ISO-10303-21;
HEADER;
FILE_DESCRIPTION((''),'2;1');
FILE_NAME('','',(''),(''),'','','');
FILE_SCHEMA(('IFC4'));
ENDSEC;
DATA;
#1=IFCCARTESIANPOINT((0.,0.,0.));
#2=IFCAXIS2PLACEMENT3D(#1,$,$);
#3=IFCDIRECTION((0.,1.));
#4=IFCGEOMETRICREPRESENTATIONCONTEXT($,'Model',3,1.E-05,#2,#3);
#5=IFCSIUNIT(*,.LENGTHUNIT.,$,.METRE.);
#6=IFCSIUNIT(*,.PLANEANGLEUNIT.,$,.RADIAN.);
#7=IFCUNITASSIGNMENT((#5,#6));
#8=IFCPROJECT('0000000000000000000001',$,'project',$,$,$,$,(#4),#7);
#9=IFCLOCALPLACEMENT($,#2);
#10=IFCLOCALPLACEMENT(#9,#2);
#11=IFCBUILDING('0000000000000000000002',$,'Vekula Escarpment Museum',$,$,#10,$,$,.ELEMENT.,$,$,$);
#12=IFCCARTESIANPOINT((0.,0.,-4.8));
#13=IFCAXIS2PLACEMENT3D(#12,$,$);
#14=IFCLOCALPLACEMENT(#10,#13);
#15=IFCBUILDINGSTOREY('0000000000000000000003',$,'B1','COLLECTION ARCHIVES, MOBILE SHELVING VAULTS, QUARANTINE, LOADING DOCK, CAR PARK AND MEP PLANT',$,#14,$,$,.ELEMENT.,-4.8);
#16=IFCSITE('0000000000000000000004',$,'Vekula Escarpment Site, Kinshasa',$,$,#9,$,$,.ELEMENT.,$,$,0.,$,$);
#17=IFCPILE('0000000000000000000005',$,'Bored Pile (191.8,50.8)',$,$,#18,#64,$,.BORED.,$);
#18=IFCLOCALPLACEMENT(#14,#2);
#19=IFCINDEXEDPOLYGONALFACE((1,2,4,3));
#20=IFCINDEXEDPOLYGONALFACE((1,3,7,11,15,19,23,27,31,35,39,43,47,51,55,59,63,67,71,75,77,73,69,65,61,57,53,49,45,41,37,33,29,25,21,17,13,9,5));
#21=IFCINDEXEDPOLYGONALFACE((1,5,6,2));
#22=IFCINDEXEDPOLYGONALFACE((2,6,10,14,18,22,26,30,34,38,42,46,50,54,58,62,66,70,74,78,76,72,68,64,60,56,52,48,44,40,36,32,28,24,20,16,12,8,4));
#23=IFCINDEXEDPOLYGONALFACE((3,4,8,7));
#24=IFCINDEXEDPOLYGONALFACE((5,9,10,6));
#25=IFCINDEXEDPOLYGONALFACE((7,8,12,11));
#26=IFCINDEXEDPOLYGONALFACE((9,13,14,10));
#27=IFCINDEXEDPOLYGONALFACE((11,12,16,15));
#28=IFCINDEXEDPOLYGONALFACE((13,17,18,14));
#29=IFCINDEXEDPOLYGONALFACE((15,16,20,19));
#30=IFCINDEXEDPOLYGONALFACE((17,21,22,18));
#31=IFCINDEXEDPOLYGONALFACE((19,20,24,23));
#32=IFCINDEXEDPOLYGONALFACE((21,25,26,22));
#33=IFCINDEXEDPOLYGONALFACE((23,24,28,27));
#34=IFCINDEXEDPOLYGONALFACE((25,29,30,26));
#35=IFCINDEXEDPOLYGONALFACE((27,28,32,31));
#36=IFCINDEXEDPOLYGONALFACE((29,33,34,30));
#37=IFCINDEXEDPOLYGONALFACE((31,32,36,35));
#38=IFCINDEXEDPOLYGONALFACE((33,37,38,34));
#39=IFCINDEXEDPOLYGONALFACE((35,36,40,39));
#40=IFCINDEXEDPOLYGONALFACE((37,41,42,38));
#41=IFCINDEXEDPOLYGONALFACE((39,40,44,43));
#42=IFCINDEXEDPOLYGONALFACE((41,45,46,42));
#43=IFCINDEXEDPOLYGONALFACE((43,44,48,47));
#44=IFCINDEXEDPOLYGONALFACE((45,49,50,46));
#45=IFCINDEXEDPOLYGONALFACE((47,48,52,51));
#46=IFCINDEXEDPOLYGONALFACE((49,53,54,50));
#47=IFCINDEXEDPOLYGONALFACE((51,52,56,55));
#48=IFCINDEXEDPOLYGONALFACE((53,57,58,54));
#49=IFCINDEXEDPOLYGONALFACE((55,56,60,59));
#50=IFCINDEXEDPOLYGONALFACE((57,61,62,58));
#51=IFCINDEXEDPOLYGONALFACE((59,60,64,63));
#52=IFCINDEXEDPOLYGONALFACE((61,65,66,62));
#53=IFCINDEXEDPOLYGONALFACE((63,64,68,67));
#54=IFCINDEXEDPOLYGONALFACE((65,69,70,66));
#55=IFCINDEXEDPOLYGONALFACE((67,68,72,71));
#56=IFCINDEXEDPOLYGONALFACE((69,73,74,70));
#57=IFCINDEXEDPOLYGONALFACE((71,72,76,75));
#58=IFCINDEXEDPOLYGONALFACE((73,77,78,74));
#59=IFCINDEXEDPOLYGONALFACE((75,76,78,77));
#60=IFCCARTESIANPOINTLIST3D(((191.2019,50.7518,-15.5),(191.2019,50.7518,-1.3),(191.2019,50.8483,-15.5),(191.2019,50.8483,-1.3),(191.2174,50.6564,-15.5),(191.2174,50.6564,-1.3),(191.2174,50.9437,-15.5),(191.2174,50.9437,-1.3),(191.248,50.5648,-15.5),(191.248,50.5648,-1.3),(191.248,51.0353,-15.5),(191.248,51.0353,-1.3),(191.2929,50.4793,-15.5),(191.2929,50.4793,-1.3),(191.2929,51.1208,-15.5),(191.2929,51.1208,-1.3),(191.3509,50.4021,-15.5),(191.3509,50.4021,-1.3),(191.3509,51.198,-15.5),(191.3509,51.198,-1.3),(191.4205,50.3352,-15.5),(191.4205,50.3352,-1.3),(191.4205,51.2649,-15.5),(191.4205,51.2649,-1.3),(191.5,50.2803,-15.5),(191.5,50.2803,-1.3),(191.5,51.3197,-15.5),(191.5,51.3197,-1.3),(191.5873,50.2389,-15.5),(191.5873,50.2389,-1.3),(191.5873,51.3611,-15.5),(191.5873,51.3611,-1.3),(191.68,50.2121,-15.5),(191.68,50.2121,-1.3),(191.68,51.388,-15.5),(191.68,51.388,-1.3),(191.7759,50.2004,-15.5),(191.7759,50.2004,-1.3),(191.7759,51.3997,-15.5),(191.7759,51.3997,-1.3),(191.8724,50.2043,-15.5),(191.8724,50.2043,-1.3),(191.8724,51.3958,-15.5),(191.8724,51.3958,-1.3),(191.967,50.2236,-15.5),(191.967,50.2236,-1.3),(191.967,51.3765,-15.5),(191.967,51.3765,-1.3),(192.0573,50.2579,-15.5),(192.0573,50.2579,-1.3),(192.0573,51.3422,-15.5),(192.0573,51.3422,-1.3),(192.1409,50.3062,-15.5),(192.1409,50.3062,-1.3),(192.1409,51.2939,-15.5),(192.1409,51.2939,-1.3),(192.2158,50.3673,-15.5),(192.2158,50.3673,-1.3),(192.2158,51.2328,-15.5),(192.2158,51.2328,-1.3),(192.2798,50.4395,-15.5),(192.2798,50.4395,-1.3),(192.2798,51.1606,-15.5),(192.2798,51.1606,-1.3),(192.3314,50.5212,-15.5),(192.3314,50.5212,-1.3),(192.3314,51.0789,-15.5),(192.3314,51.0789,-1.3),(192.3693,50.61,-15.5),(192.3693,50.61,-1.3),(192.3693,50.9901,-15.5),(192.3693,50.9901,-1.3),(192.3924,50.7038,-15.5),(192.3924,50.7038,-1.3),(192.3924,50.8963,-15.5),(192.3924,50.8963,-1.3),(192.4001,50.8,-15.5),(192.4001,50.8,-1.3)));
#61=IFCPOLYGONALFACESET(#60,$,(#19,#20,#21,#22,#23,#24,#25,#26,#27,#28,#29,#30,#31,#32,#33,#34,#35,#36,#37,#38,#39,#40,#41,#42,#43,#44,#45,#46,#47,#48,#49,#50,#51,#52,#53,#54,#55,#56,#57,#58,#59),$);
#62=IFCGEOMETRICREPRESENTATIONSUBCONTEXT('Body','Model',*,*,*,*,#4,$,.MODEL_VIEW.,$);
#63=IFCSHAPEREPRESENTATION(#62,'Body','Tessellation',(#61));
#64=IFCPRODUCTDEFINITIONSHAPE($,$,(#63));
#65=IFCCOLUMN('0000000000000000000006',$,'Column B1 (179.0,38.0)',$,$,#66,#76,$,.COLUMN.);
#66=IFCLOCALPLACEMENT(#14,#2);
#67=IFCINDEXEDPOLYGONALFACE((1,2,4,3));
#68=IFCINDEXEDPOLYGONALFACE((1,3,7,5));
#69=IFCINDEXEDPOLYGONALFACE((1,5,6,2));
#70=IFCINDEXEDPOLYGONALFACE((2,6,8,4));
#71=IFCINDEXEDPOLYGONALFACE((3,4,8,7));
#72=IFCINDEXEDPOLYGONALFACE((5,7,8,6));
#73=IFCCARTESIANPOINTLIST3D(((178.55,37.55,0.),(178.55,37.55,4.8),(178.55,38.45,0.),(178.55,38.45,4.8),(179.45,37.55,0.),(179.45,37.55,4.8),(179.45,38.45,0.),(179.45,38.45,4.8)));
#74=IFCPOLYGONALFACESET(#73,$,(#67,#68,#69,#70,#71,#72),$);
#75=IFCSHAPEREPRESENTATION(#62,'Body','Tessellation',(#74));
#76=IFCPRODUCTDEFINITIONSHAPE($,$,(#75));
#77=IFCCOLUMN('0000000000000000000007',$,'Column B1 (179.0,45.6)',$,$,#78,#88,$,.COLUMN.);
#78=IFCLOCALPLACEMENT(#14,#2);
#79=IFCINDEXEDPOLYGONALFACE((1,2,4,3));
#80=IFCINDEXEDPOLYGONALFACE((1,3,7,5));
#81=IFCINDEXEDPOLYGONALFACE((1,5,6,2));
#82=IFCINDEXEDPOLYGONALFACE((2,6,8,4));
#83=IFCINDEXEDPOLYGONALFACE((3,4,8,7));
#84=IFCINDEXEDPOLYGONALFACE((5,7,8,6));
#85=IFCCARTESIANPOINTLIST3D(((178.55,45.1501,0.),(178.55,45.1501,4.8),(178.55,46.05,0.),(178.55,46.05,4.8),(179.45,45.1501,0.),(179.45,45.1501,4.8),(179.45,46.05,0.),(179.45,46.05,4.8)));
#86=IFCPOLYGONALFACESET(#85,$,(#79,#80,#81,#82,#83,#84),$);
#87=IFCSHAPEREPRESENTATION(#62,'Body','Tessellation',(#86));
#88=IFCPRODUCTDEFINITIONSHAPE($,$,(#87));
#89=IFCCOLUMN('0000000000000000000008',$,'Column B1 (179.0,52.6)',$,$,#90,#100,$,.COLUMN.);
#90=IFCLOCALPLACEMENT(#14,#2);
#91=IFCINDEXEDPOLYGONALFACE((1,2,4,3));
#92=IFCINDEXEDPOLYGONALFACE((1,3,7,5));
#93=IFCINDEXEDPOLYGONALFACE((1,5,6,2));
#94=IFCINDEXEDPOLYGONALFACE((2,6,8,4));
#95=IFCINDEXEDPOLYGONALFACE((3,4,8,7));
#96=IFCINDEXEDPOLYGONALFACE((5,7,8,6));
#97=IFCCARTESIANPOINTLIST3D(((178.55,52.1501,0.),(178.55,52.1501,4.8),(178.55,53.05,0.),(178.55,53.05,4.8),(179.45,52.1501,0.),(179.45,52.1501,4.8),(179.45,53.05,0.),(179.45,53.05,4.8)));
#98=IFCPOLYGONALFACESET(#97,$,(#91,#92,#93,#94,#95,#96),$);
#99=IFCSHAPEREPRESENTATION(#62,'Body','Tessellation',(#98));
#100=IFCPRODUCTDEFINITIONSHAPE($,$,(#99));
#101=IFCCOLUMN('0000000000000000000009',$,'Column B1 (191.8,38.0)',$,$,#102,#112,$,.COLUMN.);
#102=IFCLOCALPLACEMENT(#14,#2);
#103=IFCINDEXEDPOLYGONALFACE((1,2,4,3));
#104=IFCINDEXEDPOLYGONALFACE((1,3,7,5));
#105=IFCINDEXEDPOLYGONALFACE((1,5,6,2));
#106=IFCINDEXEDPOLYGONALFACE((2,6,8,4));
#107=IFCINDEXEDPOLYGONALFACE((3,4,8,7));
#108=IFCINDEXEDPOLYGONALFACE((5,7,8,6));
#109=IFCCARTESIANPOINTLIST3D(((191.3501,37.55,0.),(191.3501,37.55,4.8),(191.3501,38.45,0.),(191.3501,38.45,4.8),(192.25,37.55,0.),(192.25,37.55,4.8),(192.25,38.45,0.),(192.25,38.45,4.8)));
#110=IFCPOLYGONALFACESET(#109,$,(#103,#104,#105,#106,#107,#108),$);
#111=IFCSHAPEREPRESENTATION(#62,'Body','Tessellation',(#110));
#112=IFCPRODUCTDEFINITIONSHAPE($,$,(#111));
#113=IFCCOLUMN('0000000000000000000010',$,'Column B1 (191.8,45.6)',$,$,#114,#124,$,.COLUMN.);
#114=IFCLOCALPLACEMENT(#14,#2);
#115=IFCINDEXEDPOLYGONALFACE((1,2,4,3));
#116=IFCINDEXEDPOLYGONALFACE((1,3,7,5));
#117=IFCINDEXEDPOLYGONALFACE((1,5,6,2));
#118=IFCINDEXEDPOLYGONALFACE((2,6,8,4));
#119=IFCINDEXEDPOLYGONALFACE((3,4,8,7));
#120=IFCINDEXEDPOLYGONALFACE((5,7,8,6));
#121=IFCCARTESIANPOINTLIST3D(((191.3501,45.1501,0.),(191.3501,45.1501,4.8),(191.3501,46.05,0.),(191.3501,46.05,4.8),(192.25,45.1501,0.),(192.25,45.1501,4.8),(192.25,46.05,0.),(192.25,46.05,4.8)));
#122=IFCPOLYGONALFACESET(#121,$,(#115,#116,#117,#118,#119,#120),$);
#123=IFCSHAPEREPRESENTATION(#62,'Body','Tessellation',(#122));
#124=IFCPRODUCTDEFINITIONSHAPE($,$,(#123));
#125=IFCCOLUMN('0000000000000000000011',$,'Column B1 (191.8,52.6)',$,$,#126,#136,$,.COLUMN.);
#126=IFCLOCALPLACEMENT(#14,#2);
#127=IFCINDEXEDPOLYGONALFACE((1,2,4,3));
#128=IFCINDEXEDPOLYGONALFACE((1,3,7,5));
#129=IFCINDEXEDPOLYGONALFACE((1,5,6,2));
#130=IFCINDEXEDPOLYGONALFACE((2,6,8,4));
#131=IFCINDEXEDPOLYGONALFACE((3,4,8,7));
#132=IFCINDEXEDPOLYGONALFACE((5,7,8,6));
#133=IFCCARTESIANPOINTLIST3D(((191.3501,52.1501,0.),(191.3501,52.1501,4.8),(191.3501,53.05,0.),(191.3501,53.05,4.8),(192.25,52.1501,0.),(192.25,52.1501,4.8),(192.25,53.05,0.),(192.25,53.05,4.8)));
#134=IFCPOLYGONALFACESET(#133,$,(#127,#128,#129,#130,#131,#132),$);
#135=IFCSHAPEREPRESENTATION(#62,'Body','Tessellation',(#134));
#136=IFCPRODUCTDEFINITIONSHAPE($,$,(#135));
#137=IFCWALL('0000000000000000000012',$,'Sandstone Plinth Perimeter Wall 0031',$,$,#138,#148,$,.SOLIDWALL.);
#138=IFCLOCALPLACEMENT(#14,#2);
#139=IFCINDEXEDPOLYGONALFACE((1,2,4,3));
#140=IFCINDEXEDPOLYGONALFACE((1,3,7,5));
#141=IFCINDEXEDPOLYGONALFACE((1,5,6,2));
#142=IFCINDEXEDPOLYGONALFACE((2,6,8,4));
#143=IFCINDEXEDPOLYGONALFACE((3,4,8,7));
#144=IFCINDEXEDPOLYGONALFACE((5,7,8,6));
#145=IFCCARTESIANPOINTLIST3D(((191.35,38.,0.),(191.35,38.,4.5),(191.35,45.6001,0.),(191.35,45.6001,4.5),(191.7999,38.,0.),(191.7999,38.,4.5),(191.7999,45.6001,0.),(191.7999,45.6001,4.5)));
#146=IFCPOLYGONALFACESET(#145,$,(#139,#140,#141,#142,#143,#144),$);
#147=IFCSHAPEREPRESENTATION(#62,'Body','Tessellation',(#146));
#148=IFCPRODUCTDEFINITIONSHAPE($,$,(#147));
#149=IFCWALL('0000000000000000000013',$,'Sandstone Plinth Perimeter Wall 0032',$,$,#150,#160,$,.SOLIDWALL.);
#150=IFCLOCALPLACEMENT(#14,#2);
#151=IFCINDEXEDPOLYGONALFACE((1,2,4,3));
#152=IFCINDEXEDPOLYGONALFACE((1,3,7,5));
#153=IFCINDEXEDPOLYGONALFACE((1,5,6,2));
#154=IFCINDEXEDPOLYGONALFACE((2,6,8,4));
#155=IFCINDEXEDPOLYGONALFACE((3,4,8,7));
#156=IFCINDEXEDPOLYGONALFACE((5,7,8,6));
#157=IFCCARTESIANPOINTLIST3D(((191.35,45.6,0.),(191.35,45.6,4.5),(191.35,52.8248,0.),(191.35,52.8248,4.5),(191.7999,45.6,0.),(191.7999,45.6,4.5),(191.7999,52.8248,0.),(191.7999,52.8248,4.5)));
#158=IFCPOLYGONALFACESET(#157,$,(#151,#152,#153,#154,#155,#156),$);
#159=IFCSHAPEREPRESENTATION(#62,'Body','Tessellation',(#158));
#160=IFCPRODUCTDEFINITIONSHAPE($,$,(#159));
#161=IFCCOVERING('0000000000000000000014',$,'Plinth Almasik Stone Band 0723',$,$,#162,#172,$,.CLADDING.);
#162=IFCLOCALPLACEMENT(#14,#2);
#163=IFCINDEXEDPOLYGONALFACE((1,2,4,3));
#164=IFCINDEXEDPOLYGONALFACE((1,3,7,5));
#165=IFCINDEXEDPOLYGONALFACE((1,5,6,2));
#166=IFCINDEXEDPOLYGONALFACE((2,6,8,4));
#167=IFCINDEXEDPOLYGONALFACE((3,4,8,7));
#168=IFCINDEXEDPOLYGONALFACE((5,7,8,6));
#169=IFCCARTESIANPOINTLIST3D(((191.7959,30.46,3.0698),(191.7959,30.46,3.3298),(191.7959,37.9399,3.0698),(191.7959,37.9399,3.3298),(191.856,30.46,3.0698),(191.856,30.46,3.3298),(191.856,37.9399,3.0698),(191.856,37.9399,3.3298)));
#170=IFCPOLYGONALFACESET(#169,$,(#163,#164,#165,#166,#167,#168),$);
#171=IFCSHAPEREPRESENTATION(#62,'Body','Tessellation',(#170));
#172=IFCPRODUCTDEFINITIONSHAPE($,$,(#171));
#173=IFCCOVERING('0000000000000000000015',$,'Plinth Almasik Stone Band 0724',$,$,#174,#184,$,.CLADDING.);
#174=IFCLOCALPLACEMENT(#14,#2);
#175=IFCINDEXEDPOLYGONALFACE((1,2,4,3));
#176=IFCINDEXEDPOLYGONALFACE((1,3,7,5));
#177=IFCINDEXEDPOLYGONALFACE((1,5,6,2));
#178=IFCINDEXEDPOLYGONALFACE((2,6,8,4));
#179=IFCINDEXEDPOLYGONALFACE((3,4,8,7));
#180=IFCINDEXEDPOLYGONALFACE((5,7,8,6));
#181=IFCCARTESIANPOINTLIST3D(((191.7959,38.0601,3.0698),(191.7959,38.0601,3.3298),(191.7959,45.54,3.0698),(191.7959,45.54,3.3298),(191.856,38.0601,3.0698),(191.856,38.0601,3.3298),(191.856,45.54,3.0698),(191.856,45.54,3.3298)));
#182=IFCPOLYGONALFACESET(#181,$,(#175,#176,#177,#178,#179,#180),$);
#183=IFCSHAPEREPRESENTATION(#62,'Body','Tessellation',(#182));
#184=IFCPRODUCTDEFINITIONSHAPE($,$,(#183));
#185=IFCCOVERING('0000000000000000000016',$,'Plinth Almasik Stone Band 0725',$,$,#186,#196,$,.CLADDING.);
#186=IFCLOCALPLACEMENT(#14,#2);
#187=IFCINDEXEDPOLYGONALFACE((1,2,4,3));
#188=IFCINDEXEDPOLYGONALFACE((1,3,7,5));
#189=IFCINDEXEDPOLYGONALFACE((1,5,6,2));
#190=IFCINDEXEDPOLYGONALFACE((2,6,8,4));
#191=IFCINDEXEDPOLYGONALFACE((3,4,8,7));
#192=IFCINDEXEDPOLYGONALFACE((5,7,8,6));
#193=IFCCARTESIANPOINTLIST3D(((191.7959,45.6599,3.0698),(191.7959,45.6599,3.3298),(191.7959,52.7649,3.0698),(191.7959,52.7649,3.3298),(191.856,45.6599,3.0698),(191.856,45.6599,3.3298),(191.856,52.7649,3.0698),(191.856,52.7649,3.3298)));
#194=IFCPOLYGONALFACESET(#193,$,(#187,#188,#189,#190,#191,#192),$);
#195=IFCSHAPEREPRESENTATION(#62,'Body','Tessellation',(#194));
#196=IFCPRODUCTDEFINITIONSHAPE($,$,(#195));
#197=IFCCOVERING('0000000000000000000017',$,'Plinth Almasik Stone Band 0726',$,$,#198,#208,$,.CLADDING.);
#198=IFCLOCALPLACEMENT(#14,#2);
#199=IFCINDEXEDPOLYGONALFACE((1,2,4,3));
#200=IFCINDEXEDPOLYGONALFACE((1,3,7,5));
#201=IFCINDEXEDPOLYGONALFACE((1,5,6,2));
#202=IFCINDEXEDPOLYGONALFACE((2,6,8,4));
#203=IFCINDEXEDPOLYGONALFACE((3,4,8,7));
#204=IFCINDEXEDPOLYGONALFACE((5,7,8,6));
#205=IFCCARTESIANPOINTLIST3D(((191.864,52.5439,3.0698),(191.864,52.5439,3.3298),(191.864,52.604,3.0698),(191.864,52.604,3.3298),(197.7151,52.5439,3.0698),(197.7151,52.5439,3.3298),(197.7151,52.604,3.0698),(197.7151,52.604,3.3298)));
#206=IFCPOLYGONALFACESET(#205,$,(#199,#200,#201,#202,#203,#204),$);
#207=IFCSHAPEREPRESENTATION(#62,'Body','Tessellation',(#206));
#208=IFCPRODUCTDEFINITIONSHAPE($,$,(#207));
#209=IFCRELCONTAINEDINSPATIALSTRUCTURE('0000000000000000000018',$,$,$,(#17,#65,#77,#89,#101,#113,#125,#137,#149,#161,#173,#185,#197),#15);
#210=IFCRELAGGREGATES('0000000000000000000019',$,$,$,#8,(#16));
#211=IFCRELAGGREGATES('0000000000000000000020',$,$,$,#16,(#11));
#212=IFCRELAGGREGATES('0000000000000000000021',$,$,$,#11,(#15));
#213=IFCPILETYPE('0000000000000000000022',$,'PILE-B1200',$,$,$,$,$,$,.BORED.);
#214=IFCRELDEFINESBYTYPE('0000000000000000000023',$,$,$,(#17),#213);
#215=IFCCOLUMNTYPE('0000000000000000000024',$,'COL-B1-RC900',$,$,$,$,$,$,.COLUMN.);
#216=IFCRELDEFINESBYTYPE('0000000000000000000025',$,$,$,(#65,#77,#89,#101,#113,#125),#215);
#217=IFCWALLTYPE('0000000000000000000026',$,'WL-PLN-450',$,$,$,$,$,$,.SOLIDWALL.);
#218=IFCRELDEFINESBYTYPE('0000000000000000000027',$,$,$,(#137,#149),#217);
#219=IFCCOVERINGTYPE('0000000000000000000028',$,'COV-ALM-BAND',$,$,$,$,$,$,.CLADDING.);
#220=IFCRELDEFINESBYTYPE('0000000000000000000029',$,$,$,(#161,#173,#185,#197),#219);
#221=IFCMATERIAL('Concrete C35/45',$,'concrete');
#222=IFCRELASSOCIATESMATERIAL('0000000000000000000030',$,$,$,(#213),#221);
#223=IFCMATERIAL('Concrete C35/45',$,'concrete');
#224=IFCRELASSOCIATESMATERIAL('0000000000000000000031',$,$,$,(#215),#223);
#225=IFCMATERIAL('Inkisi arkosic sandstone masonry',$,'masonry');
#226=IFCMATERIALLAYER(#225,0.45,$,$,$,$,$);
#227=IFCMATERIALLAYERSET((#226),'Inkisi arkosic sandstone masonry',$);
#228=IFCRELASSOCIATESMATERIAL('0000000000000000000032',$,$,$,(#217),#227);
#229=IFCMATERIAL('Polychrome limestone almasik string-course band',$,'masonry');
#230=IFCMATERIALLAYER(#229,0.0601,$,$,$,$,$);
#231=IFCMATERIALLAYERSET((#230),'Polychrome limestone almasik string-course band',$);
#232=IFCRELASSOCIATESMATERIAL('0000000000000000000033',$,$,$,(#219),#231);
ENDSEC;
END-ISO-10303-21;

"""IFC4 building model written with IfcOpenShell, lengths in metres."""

from ifc_helpers import new_model, si_unit, direction, frame, frame_2d, origin, origin_2d, place, context, subcontext, project, spatial, rectangle, circle, extrude, material, layer, layer_set, material_profile, profile_set, type_object, element, save


model = new_model("IFC4")

# Units and contexts
model_context = context("Model", 3, precision=1e-05, world=origin(), true_north=direction((0.0, 1.0)))
body_context = subcontext(model_context, "Body", "Model", "MODEL_VIEW")
ifc_project = project(units=[si_unit("LENGTHUNIT", "METRE"), si_unit("PLANEANGLEUNIT", "RADIAN")], contexts=[model_context])

# Site, building, storey
site_placement = place(None, origin())
site = spatial("IfcSite", under=ifc_project, at=site_placement, Name="Vekula Escarpment Site, Kinshasa", CompositionType="ELEMENT", RefElevation=0.0)
building_placement = place(site_placement, origin())
building = spatial("IfcBuilding", under=site, at=building_placement, Name="Vekula Escarpment Museum", CompositionType="ELEMENT")
storey_placement = place(building_placement, frame((0.0, 0.0, -4.8)))
storey = spatial("IfcBuildingStorey", under=building, at=storey_placement, Name="B1", Description="COLLECTION ARCHIVES, MOBILE SHELVING VAULTS, QUARANTINE, LOADING DOCK, CAR PARK AND MEP PLANT", CompositionType="ELEMENT", Elevation=-4.8)

# Pile
ifc_material_1 = material(Name="Concrete C35/45", Category="concrete")
ifc_material_profile_1 = material_profile(ifc_material_1, circle(Radius=0.6001, at=origin_2d()), Name="BORED PILE 1200")
ifc_profile_set_1 = profile_set([ifc_material_profile_1], Name="Concrete C35/45")
pile_type = type_object("IfcPileType", Name="PILE-B1200", PredefinedType="BORED", material=ifc_profile_set_1)
for number, where, z_axis, x_axis, name in (
    (1, (191.8, 50.8, -1.3), (0.0, 0.0, -1.0), (1.0, 0.0, 0.0), "Bored Pile (191.8,50.8)"),
):
    element("IfcPile", number, at=place(storey_placement, frame(where, z_axis=z_axis, x_axis=x_axis)), inside=storey, type_object=pile_type, Name=name, PredefinedType="BORED", context=body_context, shape_type="SweptSolid", body=[
        extrude(circle(Radius=0.6001, at=origin_2d()), origin(), (0.0, 0.0, 1.0), 14.2),
    ])

# Columns
ifc_material_2 = material(Name="Concrete C35/45", Category="concrete")
ifc_material_profile_2 = material_profile(ifc_material_2, rectangle(XDim=0.8999, YDim=0.8999, at=origin_2d()), Name="RC 900x900")
ifc_profile_set_2 = profile_set([ifc_material_profile_2], Name="Concrete C35/45")
column_type = type_object("IfcColumnType", Name="COL-B1-RC900", PredefinedType="COLUMN", material=ifc_profile_set_2)
for number, where, z_axis, x_axis, name in (
    (2, (179.0, 38.0, 0.0), (0.0, 0.0, 1.0), (1.0, 0.0, 0.0), "Column B1 (179.0,38.0)"),
    (3, (179.0, 45.6001, 0.0), (0.0, 0.0, 1.0), (1.0, 0.0, 0.0), "Column B1 (179.0,45.6)"),
    (4, (179.0, 52.6001, 0.0), (0.0, 0.0, 1.0), (1.0, 0.0, 0.0), "Column B1 (179.0,52.6)"),
    (5, (191.8, 38.0, 0.0), (0.0, 0.0, 1.0), (1.0, 0.0, 0.0), "Column B1 (191.8,38.0)"),
    (6, (191.8, 45.6001, 0.0), (0.0, 0.0, 1.0), (1.0, 0.0, 0.0), "Column B1 (191.8,45.6)"),
    (7, (191.8, 52.6001, 0.0), (0.0, 0.0, 1.0), (1.0, 0.0, 0.0), "Column B1 (191.8,52.6)"),
):
    element("IfcColumn", number, at=place(storey_placement, frame(where, z_axis=z_axis, x_axis=x_axis)), inside=storey, type_object=column_type, Name=name, PredefinedType="COLUMN", context=body_context, shape_type="SweptSolid", body=[
        extrude(rectangle(XDim=0.8999, YDim=0.8999, at=origin_2d()), origin(), (0.0, 0.0, 1.0), 4.8),
    ])

# Walls
ifc_material_3 = material(Name="Inkisi arkosic sandstone masonry", Category="masonry")
ifc_layer_1 = layer(ifc_material_3, 0.45)
ifc_layer_set_1 = layer_set([ifc_layer_1], Name="Inkisi arkosic sandstone masonry")
wall_type = type_object("IfcWallType", Name="WL-PLN-450", PredefinedType="SOLIDWALL", material=ifc_layer_set_1)
wall_1_placement = place(storey_placement, frame((191.575, 38.0, 0.0), z_axis=(0.0, 0.0, 1.0), x_axis=(0.0, 1.0, 0.0)))
element("IfcWall", 8, at=wall_1_placement, inside=storey, type_object=wall_type, Name="Sandstone Plinth Perimeter Wall 0031", PredefinedType="SOLIDWALL", context=body_context, shape_type="SweptSolid", body=[
    extrude(rectangle(XDim=7.6001, YDim=0.45, at=frame_2d((3.8, 0.0))), origin(), (0.0, 0.0, 1.0), 4.5),
])
wall_2_placement = place(storey_placement, frame((191.575, 45.6001, 0.0), z_axis=(0.0, 0.0, 1.0), x_axis=(0.0, 1.0, 0.0)))
element("IfcWall", 9, at=wall_2_placement, inside=storey, type_object=wall_type, Name="Sandstone Plinth Perimeter Wall 0032", PredefinedType="SOLIDWALL", context=body_context, shape_type="SweptSolid", body=[
    extrude(rectangle(XDim=7.2249, YDim=0.45, at=frame_2d((3.6123, 0.0))), origin(), (0.0, 0.0, 1.0), 4.5),
])

# Coverings
ifc_material_4 = material(Name="Polychrome limestone almasik string-course band", Category="masonry")
ifc_layer_2 = layer(ifc_material_4, 0.0601)
ifc_layer_set_2 = layer_set([ifc_layer_2], Name="Polychrome limestone almasik string-course band")
covering_type = type_object("IfcCoveringType", Name="COV-ALM-BAND", PredefinedType="CLADDING", material=ifc_layer_set_2)
for number, where, z_axis, x_axis, name in (
    (10, (191.8259, 34.2, 3.0698), (0.0, 0.0, 1.0), (0.0, 1.0, 0.0), "Plinth Almasik Stone Band 0723"),
    (11, (191.8259, 41.8, 3.0698), (0.0, 0.0, 1.0), (0.0, 1.0, 0.0), "Plinth Almasik Stone Band 0724"),
):
    element("IfcCovering", number, at=place(storey_placement, frame(where, z_axis=z_axis, x_axis=x_axis)), inside=storey, type_object=covering_type, Name=name, PredefinedType="CLADDING", context=body_context, shape_type="SweptSolid", body=[
        extrude(rectangle(XDim=7.48, YDim=0.0601, at=origin_2d()), origin(), (0.0, 0.0, 1.0), 0.26),
    ])
covering_1_placement = place(storey_placement, frame((191.8259, 49.2124, 3.0698), z_axis=(0.0, 0.0, 1.0), x_axis=(0.0, 1.0, 0.0)))
element("IfcCovering", 12, at=covering_1_placement, inside=storey, type_object=covering_type, Name="Plinth Almasik Stone Band 0725", PredefinedType="CLADDING", context=body_context, shape_type="SweptSolid", body=[
    extrude(rectangle(XDim=7.105, YDim=0.0601, at=origin_2d()), origin(), (0.0, 0.0, 1.0), 0.26),
])
covering_2_placement = place(storey_placement, frame((194.7896, 52.574, 3.0698), z_axis=(0.0, 0.0, 1.0), x_axis=(1.0, 0.0, 0.0)))
element("IfcCovering", 13, at=covering_2_placement, inside=storey, type_object=covering_type, Name="Plinth Almasik Stone Band 0726", PredefinedType="CLADDING", context=body_context, shape_type="SweptSolid", body=[
    extrude(rectangle(XDim=5.8511, YDim=0.0601, at=origin_2d()), origin(), (0.0, 0.0, 1.0), 0.26),
])

save(model, "model.ifc")
